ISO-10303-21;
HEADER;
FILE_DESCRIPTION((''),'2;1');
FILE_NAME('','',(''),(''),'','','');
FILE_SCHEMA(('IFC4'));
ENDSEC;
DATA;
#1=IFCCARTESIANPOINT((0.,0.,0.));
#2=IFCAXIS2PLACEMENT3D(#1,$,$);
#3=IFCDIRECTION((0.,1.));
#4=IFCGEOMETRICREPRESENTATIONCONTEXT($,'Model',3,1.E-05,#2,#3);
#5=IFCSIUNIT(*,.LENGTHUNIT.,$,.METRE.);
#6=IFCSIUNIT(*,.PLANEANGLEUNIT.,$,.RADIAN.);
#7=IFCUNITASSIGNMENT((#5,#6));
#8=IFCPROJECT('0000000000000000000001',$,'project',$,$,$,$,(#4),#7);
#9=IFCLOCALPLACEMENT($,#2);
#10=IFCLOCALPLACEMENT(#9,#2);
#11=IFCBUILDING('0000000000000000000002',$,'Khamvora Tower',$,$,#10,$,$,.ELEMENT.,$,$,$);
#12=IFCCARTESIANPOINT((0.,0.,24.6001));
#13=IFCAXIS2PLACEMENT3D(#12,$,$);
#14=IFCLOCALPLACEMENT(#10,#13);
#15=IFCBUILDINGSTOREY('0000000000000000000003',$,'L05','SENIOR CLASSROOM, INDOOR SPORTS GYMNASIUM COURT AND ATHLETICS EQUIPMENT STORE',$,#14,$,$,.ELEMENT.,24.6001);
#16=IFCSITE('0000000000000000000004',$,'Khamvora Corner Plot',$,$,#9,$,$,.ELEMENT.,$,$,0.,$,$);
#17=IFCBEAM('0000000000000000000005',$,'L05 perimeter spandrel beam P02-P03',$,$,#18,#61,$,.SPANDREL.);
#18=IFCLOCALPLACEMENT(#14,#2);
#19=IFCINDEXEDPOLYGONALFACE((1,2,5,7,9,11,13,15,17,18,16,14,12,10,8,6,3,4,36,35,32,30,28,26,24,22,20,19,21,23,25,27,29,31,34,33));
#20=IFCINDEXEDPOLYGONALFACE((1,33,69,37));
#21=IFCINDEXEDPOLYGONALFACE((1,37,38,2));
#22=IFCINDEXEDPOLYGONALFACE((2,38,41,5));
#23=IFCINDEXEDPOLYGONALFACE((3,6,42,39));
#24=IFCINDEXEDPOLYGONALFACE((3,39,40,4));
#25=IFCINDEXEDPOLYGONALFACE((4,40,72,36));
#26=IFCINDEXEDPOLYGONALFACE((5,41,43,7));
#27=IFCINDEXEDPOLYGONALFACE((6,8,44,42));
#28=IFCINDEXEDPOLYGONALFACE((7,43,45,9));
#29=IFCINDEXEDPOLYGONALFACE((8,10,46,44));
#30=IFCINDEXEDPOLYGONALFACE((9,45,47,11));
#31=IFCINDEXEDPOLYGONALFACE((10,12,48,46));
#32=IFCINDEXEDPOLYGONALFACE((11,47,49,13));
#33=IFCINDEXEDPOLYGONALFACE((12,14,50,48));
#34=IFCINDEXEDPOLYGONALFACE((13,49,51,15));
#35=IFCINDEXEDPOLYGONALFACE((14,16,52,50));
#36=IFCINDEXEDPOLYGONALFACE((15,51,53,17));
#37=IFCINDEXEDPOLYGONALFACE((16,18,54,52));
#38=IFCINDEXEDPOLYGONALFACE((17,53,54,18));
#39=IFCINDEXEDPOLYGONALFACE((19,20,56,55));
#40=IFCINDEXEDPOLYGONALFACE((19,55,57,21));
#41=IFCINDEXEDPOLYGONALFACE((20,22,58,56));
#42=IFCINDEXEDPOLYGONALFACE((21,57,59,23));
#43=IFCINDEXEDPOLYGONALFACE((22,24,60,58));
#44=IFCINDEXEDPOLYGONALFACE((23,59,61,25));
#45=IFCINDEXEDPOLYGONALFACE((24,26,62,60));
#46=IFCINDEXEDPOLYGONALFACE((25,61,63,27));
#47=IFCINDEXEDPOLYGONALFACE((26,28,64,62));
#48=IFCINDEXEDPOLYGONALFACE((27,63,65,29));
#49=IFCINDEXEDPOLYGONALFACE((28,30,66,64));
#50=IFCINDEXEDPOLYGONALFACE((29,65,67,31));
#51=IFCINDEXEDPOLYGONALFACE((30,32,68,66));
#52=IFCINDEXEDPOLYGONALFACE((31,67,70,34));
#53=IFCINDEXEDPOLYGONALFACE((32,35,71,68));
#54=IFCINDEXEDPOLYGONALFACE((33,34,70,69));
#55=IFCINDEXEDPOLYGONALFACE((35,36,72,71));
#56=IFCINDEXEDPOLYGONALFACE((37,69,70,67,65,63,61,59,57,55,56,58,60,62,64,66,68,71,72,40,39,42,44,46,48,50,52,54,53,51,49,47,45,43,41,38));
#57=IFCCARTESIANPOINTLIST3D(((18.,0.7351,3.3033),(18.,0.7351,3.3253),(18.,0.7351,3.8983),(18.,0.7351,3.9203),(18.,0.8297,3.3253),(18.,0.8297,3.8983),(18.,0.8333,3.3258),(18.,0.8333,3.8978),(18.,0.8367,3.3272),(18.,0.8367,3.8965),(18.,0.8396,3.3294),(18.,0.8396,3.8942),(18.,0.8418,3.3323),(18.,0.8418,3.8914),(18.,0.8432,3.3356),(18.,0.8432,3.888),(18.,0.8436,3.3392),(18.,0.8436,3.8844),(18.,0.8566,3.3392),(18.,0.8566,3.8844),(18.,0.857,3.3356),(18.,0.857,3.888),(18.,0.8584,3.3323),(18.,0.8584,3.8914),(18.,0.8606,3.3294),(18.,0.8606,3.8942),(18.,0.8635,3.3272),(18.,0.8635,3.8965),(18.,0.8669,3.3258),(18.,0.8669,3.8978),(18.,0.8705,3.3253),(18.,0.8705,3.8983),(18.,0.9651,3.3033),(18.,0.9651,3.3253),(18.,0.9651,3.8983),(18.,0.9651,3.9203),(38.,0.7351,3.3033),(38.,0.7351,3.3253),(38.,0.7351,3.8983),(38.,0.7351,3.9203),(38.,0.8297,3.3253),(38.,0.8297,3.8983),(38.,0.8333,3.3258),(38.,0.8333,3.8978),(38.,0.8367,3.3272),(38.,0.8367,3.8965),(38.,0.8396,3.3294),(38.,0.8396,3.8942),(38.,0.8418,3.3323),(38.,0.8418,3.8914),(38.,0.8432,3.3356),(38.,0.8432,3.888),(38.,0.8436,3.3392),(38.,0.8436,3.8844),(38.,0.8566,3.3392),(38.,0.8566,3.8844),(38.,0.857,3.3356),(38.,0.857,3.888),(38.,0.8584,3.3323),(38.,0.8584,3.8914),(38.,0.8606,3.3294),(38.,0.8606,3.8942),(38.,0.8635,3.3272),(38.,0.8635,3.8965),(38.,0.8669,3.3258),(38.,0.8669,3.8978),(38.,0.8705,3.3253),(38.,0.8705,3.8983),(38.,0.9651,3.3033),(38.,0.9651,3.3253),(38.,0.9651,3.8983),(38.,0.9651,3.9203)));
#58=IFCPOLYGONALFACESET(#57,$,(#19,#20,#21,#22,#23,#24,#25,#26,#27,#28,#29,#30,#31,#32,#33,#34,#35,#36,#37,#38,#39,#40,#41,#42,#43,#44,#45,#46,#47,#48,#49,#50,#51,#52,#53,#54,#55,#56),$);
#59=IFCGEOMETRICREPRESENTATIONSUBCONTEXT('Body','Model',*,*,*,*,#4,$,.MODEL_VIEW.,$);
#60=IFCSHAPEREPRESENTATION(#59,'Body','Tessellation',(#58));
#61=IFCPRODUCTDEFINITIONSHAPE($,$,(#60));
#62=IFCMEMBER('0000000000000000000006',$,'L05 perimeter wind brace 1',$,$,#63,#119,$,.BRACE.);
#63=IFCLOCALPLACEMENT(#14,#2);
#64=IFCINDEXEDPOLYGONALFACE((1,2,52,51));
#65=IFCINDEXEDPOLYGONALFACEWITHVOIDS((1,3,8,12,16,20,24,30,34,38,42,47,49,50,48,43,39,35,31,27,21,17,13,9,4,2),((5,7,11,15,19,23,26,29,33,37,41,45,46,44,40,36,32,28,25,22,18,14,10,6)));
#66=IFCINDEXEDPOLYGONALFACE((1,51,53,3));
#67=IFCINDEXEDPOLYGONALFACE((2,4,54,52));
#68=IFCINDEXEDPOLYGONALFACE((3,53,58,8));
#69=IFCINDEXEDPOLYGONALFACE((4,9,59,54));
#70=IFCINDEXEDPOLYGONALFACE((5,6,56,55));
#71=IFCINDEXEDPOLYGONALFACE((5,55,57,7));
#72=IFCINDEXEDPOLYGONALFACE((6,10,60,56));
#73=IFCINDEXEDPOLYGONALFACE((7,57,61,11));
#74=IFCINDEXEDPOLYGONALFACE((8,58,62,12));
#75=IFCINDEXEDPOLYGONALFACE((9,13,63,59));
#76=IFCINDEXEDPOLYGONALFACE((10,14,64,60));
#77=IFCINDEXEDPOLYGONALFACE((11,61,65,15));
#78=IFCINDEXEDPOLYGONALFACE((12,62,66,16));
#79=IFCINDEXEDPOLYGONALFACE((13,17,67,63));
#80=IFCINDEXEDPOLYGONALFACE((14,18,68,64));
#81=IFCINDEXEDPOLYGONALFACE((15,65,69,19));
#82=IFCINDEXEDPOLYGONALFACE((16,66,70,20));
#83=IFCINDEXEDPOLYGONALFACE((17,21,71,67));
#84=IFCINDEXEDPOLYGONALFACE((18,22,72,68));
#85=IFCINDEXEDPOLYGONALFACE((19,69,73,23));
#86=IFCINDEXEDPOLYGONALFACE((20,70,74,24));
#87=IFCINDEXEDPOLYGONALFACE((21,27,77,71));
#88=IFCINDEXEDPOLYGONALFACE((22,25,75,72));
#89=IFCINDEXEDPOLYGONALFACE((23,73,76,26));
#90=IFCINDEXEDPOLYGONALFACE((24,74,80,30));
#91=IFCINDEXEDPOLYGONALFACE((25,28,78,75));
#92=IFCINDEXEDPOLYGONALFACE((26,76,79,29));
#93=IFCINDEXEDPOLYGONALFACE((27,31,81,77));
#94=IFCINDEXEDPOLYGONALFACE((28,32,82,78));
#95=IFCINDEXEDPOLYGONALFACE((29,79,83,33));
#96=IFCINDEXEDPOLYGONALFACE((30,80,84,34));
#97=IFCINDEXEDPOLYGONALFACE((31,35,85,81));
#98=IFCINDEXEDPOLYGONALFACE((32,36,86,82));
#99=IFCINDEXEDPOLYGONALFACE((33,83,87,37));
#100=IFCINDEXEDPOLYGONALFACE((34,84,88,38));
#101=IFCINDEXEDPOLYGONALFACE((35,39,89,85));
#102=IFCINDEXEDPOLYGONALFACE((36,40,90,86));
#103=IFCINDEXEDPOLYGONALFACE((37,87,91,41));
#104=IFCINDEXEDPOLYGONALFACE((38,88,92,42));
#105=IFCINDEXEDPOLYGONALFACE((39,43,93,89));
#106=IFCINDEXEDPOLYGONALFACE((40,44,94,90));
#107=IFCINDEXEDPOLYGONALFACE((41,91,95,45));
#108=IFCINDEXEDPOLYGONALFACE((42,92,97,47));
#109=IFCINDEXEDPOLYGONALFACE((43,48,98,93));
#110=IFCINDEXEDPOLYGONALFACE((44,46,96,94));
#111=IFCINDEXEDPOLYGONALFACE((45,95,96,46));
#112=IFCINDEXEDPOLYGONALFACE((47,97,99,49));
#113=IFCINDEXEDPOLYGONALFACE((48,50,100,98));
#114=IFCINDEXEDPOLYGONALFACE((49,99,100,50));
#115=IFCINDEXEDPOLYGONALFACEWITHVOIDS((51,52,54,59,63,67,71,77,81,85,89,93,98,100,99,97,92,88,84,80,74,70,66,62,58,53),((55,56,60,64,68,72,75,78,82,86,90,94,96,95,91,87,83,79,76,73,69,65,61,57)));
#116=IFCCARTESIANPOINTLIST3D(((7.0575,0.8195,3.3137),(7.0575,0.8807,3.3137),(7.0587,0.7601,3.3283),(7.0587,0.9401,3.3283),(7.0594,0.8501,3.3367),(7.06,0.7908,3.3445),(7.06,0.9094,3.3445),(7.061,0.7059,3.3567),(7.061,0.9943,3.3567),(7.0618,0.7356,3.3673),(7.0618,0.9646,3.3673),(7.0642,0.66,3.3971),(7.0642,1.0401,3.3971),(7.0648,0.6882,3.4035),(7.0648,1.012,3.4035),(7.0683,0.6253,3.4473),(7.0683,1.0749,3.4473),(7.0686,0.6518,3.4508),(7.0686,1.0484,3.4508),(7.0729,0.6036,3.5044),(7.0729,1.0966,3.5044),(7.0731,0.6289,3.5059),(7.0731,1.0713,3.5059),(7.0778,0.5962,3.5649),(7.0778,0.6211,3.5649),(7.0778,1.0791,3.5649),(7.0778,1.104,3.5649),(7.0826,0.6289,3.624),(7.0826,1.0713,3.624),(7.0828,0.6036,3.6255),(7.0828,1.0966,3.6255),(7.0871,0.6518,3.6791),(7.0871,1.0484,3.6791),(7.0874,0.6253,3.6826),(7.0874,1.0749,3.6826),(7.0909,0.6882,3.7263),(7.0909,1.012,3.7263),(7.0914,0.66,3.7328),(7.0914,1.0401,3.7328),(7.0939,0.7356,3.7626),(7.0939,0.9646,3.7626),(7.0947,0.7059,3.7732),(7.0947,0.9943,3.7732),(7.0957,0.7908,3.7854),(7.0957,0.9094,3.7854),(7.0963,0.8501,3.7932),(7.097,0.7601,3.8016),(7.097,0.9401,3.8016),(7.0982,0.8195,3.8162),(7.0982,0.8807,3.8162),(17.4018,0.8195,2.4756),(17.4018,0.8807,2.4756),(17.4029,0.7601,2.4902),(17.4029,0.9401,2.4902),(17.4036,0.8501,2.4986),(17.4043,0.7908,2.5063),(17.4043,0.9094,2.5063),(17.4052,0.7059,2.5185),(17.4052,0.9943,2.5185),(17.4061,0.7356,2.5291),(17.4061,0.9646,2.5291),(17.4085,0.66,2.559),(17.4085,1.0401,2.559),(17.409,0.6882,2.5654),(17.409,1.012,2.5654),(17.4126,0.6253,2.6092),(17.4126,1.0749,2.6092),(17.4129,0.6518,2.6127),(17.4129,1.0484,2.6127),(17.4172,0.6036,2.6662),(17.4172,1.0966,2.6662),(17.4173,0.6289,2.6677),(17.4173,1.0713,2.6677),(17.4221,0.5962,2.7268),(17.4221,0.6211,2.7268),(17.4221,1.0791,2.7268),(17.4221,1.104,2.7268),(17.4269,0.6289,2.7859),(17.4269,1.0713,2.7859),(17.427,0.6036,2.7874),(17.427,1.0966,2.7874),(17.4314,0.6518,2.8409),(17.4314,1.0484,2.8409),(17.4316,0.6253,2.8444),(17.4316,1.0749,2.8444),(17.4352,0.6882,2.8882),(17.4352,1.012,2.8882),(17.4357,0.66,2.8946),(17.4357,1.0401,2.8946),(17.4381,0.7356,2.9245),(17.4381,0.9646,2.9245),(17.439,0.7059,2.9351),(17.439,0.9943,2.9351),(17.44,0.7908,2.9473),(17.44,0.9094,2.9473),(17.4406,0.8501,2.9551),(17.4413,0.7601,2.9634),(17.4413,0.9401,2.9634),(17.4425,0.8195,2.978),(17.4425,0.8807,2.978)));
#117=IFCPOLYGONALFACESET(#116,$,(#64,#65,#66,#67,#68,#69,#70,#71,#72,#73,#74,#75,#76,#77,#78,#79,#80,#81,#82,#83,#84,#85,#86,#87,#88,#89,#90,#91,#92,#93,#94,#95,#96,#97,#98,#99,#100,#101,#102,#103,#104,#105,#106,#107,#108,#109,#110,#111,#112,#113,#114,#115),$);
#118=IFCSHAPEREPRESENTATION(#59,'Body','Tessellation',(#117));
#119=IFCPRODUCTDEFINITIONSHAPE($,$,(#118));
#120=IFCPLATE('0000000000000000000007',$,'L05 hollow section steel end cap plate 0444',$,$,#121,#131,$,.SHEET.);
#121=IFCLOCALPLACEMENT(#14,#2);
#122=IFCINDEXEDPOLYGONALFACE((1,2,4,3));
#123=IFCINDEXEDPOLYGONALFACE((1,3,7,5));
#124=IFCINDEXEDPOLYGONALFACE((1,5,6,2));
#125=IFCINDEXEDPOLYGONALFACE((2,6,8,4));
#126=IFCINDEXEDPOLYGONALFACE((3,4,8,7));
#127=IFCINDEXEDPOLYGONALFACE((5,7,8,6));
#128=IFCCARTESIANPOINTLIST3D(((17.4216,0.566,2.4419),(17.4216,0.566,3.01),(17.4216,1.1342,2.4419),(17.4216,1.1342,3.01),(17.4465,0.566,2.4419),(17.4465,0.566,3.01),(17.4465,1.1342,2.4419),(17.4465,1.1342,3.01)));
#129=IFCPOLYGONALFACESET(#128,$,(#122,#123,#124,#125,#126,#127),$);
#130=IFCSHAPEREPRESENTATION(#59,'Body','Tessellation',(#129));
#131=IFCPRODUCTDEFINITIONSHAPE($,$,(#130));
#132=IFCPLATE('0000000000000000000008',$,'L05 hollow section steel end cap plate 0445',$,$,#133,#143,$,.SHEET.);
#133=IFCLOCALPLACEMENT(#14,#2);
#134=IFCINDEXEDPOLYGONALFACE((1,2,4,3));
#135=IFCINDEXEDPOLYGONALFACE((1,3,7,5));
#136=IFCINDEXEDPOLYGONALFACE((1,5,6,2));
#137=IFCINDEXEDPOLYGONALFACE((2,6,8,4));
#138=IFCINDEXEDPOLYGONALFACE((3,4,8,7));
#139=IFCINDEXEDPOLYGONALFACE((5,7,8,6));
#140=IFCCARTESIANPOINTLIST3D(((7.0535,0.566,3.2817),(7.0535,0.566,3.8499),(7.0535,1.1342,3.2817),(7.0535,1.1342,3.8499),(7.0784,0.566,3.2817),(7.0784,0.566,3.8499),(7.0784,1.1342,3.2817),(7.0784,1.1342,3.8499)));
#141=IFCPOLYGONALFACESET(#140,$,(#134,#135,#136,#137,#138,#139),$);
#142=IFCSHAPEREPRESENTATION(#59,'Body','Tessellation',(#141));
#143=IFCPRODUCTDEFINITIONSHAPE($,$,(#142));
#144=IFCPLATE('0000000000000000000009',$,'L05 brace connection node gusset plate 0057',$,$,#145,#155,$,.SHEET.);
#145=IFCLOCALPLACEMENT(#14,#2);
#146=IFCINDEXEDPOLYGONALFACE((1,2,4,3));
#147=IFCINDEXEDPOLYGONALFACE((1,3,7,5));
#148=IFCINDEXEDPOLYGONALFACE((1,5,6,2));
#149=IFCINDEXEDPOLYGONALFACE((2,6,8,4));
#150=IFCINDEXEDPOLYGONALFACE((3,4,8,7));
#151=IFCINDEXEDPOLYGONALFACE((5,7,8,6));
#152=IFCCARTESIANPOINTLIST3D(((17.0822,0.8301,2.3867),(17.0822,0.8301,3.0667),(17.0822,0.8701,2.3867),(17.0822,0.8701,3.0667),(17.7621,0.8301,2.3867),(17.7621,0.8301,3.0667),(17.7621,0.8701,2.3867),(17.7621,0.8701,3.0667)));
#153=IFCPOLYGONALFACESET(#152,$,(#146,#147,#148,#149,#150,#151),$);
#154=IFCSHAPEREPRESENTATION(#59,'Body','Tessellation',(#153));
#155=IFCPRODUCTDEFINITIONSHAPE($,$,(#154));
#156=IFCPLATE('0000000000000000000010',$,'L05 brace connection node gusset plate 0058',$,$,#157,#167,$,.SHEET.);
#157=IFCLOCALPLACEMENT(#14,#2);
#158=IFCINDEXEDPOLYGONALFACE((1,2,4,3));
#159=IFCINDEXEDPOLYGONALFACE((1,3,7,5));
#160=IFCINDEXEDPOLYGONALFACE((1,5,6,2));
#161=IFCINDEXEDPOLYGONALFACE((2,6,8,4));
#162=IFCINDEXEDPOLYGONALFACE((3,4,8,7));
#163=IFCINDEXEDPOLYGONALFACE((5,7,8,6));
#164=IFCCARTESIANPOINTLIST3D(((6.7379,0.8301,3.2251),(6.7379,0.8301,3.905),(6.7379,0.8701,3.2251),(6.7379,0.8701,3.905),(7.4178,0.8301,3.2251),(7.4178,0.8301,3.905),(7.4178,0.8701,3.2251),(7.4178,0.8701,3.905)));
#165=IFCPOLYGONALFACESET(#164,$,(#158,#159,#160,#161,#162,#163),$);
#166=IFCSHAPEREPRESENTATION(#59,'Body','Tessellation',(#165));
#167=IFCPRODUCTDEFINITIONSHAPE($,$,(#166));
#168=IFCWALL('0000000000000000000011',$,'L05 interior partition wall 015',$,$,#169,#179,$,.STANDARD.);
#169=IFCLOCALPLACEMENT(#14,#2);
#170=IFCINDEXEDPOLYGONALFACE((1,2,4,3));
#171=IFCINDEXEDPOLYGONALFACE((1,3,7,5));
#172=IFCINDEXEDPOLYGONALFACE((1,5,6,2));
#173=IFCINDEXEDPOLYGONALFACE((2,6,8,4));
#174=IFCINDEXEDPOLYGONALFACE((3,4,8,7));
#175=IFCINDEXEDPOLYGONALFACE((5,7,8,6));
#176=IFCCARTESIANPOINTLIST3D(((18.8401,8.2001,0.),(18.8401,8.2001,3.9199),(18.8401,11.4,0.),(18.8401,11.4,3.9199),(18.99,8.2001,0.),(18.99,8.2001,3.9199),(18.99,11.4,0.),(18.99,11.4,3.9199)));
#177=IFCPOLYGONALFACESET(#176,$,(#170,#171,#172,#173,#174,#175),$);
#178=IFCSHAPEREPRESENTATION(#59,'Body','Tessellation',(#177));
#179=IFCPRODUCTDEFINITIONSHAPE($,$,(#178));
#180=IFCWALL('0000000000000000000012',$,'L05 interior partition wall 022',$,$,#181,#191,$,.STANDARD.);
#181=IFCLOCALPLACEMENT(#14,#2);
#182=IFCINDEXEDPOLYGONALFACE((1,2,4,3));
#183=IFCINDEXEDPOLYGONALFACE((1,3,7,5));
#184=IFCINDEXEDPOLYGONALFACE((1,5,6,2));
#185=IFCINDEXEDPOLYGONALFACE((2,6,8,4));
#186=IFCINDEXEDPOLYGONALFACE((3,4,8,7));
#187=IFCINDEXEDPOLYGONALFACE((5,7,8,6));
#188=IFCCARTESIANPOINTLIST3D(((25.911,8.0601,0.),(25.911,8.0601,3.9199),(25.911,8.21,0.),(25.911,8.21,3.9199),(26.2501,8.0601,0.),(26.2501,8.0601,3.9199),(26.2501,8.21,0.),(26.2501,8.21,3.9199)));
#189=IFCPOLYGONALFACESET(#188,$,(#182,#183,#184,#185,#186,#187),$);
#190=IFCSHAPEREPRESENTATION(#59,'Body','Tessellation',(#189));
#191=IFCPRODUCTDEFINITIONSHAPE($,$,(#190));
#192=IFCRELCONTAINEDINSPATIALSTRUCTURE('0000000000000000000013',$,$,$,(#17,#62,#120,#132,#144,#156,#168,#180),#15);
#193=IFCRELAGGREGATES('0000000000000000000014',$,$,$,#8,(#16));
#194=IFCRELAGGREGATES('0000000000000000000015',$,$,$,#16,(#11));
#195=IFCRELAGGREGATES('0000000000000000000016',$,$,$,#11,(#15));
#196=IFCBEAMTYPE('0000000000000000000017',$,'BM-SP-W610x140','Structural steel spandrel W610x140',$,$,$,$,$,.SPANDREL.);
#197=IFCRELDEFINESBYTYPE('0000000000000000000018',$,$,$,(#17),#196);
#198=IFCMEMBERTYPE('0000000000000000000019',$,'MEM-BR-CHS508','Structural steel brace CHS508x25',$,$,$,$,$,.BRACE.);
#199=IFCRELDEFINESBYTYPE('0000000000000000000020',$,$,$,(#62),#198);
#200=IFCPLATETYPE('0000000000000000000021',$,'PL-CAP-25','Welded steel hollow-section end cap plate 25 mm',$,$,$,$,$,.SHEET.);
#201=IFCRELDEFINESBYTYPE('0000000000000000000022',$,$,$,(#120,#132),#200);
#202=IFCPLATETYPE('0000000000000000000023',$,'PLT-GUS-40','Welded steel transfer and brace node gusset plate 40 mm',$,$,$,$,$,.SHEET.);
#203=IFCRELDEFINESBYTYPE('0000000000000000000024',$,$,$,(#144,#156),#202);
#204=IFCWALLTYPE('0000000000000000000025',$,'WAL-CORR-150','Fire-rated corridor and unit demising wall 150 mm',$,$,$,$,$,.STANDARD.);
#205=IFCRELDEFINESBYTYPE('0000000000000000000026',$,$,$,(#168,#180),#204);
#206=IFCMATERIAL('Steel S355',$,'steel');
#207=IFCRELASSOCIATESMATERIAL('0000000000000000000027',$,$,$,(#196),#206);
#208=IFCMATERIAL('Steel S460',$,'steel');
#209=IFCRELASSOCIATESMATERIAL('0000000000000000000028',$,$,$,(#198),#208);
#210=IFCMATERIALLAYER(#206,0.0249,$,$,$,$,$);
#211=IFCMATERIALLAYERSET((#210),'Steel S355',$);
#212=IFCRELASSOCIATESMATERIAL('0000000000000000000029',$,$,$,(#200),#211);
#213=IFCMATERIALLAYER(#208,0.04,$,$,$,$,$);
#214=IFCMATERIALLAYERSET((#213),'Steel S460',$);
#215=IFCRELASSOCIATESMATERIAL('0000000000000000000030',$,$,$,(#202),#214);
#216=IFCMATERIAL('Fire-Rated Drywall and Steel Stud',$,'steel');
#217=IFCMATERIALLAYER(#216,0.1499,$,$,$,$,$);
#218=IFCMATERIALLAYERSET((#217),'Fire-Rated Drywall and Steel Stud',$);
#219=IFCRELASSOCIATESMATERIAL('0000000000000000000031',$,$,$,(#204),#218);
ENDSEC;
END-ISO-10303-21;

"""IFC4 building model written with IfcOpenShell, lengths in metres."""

from ifc_helpers import new_model, si_unit, direction, frame, frame_2d, origin, origin_2d, place, context, subcontext, project, spatial, rectangle, hollow_circle, i_section, extrude, material, layer, layer_set, material_profile, profile_set, type_object, element, save


model = new_model("IFC4")

# Units and contexts
model_context = context("Model", 3, precision=1e-05, world=origin(), true_north=direction((0.0, 1.0)))
body_context = subcontext(model_context, "Body", "Model", "MODEL_VIEW")
ifc_project = project(units=[si_unit("LENGTHUNIT", "METRE"), si_unit("PLANEANGLEUNIT", "RADIAN")], contexts=[model_context])

# Site, building, storey
site_placement = place(None, origin())
site = spatial("IfcSite", under=ifc_project, at=site_placement, Name="Khamvora Corner Plot", CompositionType="ELEMENT", RefElevation=0.0)
building_placement = place(site_placement, origin())
building = spatial("IfcBuilding", under=site, at=building_placement, Name="Khamvora Tower", CompositionType="ELEMENT")
storey_placement = place(building_placement, frame((0.0, 0.0, 24.6001)))
storey = spatial("IfcBuildingStorey", under=building, at=storey_placement, Name="L05", Description="SENIOR CLASSROOM, INDOOR SPORTS GYMNASIUM COURT AND ATHLETICS EQUIPMENT STORE", CompositionType="ELEMENT", Elevation=24.6001)

# Shared definitions
ifc_material_1 = material(Name="Steel S460", Category="steel")

# Beam
ifc_material_2 = material(Name="Steel S355", Category="steel")
ifc_material_profile_1 = material_profile(ifc_material_2, i_section(OverallWidth=0.23, OverallDepth=0.6169, WebThickness=0.0129, FlangeThickness=0.022, FilletRadius=0.0139, at=origin_2d()), Name="W610x140")
ifc_profile_set_1 = profile_set([ifc_material_profile_1], Name="Steel S355")
beam_type_1 = type_object("IfcBeamType", Name="BM-SP-W610x140", Description="Structural steel spandrel W610x140", PredefinedType="SPANDREL", material=ifc_profile_set_1)
beam_1_placement = place(storey_placement, frame((18.0, 0.8501, 3.6118), z_axis=(1.0, 0.0, 0.0), x_axis=(0.0, 1.0, 0.0)))
element("IfcBeam", 1, at=beam_1_placement, inside=storey, type_object=beam_type_1, Name="L05 perimeter spandrel beam P02-P03", PredefinedType="SPANDREL", context=body_context, shape_type="SweptSolid", body=[
    extrude(i_section(OverallWidth=0.23, OverallDepth=0.6169, WebThickness=0.0129, FlangeThickness=0.022, FilletRadius=0.0139, at=origin_2d()), origin(), (0.0, 0.0, 1.0), 20.0),
])

# Member
ifc_material_profile_2 = material_profile(ifc_material_1, hollow_circle(Radius=0.2539, WallThickness=0.0249, at=origin_2d()), Name="CHS508x25")
ifc_profile_set_2 = profile_set([ifc_material_profile_2], Name="Steel S460")
member_type = type_object("IfcMemberType", Name="MEM-BR-CHS508", Description="Structural steel brace CHS508x25", PredefinedType="BRACE", material=ifc_profile_set_2)
member_placement = place(storey_placement, frame((17.4221, 0.8501, 2.7268), z_axis=(-0.996734, 0.0, 0.08076), x_axis=(0.0, -1.0, 0.0)))
element("IfcMember", 2, at=member_placement, inside=storey, type_object=member_type, Name="L05 perimeter wind brace 1", PredefinedType="BRACE", context=body_context, shape_type="SweptSolid", body=[
    extrude(hollow_circle(Radius=0.2539, WallThickness=0.0249, at=origin_2d()), origin(), (0.0, 0.0, 1.0), 10.3782),
])

# Plates
ifc_layer_1 = layer(ifc_material_2, 0.0249)
ifc_layer_set_1 = layer_set([ifc_layer_1], Name="Steel S355")
plate_type_1 = type_object("IfcPlateType", Name="PL-CAP-25", Description="Welded steel hollow-section end cap plate 25 mm", PredefinedType="SHEET", material=ifc_layer_set_1)
for number, where, z_axis, x_axis, name in (
    (3, (17.4341, 0.8501, 2.4419), (0.0, 0.0, 1.0), (-1.0, 0.0, 0.0), "L05 hollow section steel end cap plate 0444"),
    (4, (7.0659, 0.8501, 3.2817), (0.0, 0.0, 1.0), (-1.0, 0.0, 0.0), "L05 hollow section steel end cap plate 0445"),
):
    element("IfcPlate", number, at=place(storey_placement, frame(where, z_axis=z_axis, x_axis=x_axis)), inside=storey, type_object=plate_type_1, Name=name, PredefinedType="SHEET", context=body_context, shape_type="SweptSolid", body=[
        extrude(rectangle(XDim=0.0249, YDim=0.5681, at=origin_2d()), origin(), (0.0, 0.0, 1.0), 0.5681),
    ])
ifc_layer_2 = layer(ifc_material_1, 0.04)
ifc_layer_set_2 = layer_set([ifc_layer_2], Name="Steel S460")
plate_type_2 = type_object("IfcPlateType", Name="PLT-GUS-40", Description="Welded steel transfer and brace node gusset plate 40 mm", PredefinedType="SHEET", material=ifc_layer_set_2)
for number, where, z_axis, x_axis, name in (
    (5, (17.4221, 0.8501, 2.3867), (0.0, 0.0, 1.0), (1.0, 0.0, 0.0), "L05 brace connection node gusset plate 0057"),
    (6, (7.0779, 0.8501, 3.2251), (0.0, 0.0, 1.0), (1.0, 0.0, 0.0), "L05 brace connection node gusset plate 0058"),
):
    element("IfcPlate", number, at=place(storey_placement, frame(where, z_axis=z_axis, x_axis=x_axis)), inside=storey, type_object=plate_type_2, Name=name, PredefinedType="SHEET", context=body_context, shape_type="SweptSolid", body=[
        extrude(rectangle(XDim=0.6799, YDim=0.04, at=origin_2d()), origin(), (0.0, 0.0, 1.0), 0.6799),
    ])

# Walls
ifc_material_3 = material(Name="Fire-Rated Drywall and Steel Stud", Category="steel")
ifc_layer_3 = layer(ifc_material_3, 0.1499)
ifc_layer_set_3 = layer_set([ifc_layer_3], Name="Fire-Rated Drywall and Steel Stud")
wall_type_1 = type_object("IfcWallType", Name="WAL-CORR-150", Description="Fire-rated corridor and unit demising wall 150 mm", PredefinedType="STANDARD", material=ifc_layer_set_3)
wall_1_placement = place(storey_placement, frame((18.915, 8.2, 0.0), z_axis=(0.0, 0.0, 1.0), x_axis=(0.0, 1.0, 0.0)))
element("IfcWall", 7, at=wall_1_placement, inside=storey, type_object=wall_type_1, Name="L05 interior partition wall 015", PredefinedType="STANDARD", context=body_context, shape_type="SweptSolid", body=[
    extrude(rectangle(XDim=3.2, YDim=0.1499, at=frame_2d((1.6001, 0.0))), origin(), (0.0, 0.0, 1.0), 3.9199),
])
wall_2_placement = place(storey_placement, frame((26.25, 8.135, 0.0), z_axis=(0.0, 0.0, 1.0), x_axis=(-1.0, 0.0, 0.0)))
element("IfcWall", 8, at=wall_2_placement, inside=storey, type_object=wall_type_1, Name="L05 interior partition wall 022", PredefinedType="STANDARD", context=body_context, shape_type="SweptSolid", body=[
    extrude(rectangle(XDim=0.3391, YDim=0.1499, at=frame_2d((0.1694, 0.0))), origin(), (0.0, 0.0, 1.0), 3.9199),
])

save(model, "model.ifc")
